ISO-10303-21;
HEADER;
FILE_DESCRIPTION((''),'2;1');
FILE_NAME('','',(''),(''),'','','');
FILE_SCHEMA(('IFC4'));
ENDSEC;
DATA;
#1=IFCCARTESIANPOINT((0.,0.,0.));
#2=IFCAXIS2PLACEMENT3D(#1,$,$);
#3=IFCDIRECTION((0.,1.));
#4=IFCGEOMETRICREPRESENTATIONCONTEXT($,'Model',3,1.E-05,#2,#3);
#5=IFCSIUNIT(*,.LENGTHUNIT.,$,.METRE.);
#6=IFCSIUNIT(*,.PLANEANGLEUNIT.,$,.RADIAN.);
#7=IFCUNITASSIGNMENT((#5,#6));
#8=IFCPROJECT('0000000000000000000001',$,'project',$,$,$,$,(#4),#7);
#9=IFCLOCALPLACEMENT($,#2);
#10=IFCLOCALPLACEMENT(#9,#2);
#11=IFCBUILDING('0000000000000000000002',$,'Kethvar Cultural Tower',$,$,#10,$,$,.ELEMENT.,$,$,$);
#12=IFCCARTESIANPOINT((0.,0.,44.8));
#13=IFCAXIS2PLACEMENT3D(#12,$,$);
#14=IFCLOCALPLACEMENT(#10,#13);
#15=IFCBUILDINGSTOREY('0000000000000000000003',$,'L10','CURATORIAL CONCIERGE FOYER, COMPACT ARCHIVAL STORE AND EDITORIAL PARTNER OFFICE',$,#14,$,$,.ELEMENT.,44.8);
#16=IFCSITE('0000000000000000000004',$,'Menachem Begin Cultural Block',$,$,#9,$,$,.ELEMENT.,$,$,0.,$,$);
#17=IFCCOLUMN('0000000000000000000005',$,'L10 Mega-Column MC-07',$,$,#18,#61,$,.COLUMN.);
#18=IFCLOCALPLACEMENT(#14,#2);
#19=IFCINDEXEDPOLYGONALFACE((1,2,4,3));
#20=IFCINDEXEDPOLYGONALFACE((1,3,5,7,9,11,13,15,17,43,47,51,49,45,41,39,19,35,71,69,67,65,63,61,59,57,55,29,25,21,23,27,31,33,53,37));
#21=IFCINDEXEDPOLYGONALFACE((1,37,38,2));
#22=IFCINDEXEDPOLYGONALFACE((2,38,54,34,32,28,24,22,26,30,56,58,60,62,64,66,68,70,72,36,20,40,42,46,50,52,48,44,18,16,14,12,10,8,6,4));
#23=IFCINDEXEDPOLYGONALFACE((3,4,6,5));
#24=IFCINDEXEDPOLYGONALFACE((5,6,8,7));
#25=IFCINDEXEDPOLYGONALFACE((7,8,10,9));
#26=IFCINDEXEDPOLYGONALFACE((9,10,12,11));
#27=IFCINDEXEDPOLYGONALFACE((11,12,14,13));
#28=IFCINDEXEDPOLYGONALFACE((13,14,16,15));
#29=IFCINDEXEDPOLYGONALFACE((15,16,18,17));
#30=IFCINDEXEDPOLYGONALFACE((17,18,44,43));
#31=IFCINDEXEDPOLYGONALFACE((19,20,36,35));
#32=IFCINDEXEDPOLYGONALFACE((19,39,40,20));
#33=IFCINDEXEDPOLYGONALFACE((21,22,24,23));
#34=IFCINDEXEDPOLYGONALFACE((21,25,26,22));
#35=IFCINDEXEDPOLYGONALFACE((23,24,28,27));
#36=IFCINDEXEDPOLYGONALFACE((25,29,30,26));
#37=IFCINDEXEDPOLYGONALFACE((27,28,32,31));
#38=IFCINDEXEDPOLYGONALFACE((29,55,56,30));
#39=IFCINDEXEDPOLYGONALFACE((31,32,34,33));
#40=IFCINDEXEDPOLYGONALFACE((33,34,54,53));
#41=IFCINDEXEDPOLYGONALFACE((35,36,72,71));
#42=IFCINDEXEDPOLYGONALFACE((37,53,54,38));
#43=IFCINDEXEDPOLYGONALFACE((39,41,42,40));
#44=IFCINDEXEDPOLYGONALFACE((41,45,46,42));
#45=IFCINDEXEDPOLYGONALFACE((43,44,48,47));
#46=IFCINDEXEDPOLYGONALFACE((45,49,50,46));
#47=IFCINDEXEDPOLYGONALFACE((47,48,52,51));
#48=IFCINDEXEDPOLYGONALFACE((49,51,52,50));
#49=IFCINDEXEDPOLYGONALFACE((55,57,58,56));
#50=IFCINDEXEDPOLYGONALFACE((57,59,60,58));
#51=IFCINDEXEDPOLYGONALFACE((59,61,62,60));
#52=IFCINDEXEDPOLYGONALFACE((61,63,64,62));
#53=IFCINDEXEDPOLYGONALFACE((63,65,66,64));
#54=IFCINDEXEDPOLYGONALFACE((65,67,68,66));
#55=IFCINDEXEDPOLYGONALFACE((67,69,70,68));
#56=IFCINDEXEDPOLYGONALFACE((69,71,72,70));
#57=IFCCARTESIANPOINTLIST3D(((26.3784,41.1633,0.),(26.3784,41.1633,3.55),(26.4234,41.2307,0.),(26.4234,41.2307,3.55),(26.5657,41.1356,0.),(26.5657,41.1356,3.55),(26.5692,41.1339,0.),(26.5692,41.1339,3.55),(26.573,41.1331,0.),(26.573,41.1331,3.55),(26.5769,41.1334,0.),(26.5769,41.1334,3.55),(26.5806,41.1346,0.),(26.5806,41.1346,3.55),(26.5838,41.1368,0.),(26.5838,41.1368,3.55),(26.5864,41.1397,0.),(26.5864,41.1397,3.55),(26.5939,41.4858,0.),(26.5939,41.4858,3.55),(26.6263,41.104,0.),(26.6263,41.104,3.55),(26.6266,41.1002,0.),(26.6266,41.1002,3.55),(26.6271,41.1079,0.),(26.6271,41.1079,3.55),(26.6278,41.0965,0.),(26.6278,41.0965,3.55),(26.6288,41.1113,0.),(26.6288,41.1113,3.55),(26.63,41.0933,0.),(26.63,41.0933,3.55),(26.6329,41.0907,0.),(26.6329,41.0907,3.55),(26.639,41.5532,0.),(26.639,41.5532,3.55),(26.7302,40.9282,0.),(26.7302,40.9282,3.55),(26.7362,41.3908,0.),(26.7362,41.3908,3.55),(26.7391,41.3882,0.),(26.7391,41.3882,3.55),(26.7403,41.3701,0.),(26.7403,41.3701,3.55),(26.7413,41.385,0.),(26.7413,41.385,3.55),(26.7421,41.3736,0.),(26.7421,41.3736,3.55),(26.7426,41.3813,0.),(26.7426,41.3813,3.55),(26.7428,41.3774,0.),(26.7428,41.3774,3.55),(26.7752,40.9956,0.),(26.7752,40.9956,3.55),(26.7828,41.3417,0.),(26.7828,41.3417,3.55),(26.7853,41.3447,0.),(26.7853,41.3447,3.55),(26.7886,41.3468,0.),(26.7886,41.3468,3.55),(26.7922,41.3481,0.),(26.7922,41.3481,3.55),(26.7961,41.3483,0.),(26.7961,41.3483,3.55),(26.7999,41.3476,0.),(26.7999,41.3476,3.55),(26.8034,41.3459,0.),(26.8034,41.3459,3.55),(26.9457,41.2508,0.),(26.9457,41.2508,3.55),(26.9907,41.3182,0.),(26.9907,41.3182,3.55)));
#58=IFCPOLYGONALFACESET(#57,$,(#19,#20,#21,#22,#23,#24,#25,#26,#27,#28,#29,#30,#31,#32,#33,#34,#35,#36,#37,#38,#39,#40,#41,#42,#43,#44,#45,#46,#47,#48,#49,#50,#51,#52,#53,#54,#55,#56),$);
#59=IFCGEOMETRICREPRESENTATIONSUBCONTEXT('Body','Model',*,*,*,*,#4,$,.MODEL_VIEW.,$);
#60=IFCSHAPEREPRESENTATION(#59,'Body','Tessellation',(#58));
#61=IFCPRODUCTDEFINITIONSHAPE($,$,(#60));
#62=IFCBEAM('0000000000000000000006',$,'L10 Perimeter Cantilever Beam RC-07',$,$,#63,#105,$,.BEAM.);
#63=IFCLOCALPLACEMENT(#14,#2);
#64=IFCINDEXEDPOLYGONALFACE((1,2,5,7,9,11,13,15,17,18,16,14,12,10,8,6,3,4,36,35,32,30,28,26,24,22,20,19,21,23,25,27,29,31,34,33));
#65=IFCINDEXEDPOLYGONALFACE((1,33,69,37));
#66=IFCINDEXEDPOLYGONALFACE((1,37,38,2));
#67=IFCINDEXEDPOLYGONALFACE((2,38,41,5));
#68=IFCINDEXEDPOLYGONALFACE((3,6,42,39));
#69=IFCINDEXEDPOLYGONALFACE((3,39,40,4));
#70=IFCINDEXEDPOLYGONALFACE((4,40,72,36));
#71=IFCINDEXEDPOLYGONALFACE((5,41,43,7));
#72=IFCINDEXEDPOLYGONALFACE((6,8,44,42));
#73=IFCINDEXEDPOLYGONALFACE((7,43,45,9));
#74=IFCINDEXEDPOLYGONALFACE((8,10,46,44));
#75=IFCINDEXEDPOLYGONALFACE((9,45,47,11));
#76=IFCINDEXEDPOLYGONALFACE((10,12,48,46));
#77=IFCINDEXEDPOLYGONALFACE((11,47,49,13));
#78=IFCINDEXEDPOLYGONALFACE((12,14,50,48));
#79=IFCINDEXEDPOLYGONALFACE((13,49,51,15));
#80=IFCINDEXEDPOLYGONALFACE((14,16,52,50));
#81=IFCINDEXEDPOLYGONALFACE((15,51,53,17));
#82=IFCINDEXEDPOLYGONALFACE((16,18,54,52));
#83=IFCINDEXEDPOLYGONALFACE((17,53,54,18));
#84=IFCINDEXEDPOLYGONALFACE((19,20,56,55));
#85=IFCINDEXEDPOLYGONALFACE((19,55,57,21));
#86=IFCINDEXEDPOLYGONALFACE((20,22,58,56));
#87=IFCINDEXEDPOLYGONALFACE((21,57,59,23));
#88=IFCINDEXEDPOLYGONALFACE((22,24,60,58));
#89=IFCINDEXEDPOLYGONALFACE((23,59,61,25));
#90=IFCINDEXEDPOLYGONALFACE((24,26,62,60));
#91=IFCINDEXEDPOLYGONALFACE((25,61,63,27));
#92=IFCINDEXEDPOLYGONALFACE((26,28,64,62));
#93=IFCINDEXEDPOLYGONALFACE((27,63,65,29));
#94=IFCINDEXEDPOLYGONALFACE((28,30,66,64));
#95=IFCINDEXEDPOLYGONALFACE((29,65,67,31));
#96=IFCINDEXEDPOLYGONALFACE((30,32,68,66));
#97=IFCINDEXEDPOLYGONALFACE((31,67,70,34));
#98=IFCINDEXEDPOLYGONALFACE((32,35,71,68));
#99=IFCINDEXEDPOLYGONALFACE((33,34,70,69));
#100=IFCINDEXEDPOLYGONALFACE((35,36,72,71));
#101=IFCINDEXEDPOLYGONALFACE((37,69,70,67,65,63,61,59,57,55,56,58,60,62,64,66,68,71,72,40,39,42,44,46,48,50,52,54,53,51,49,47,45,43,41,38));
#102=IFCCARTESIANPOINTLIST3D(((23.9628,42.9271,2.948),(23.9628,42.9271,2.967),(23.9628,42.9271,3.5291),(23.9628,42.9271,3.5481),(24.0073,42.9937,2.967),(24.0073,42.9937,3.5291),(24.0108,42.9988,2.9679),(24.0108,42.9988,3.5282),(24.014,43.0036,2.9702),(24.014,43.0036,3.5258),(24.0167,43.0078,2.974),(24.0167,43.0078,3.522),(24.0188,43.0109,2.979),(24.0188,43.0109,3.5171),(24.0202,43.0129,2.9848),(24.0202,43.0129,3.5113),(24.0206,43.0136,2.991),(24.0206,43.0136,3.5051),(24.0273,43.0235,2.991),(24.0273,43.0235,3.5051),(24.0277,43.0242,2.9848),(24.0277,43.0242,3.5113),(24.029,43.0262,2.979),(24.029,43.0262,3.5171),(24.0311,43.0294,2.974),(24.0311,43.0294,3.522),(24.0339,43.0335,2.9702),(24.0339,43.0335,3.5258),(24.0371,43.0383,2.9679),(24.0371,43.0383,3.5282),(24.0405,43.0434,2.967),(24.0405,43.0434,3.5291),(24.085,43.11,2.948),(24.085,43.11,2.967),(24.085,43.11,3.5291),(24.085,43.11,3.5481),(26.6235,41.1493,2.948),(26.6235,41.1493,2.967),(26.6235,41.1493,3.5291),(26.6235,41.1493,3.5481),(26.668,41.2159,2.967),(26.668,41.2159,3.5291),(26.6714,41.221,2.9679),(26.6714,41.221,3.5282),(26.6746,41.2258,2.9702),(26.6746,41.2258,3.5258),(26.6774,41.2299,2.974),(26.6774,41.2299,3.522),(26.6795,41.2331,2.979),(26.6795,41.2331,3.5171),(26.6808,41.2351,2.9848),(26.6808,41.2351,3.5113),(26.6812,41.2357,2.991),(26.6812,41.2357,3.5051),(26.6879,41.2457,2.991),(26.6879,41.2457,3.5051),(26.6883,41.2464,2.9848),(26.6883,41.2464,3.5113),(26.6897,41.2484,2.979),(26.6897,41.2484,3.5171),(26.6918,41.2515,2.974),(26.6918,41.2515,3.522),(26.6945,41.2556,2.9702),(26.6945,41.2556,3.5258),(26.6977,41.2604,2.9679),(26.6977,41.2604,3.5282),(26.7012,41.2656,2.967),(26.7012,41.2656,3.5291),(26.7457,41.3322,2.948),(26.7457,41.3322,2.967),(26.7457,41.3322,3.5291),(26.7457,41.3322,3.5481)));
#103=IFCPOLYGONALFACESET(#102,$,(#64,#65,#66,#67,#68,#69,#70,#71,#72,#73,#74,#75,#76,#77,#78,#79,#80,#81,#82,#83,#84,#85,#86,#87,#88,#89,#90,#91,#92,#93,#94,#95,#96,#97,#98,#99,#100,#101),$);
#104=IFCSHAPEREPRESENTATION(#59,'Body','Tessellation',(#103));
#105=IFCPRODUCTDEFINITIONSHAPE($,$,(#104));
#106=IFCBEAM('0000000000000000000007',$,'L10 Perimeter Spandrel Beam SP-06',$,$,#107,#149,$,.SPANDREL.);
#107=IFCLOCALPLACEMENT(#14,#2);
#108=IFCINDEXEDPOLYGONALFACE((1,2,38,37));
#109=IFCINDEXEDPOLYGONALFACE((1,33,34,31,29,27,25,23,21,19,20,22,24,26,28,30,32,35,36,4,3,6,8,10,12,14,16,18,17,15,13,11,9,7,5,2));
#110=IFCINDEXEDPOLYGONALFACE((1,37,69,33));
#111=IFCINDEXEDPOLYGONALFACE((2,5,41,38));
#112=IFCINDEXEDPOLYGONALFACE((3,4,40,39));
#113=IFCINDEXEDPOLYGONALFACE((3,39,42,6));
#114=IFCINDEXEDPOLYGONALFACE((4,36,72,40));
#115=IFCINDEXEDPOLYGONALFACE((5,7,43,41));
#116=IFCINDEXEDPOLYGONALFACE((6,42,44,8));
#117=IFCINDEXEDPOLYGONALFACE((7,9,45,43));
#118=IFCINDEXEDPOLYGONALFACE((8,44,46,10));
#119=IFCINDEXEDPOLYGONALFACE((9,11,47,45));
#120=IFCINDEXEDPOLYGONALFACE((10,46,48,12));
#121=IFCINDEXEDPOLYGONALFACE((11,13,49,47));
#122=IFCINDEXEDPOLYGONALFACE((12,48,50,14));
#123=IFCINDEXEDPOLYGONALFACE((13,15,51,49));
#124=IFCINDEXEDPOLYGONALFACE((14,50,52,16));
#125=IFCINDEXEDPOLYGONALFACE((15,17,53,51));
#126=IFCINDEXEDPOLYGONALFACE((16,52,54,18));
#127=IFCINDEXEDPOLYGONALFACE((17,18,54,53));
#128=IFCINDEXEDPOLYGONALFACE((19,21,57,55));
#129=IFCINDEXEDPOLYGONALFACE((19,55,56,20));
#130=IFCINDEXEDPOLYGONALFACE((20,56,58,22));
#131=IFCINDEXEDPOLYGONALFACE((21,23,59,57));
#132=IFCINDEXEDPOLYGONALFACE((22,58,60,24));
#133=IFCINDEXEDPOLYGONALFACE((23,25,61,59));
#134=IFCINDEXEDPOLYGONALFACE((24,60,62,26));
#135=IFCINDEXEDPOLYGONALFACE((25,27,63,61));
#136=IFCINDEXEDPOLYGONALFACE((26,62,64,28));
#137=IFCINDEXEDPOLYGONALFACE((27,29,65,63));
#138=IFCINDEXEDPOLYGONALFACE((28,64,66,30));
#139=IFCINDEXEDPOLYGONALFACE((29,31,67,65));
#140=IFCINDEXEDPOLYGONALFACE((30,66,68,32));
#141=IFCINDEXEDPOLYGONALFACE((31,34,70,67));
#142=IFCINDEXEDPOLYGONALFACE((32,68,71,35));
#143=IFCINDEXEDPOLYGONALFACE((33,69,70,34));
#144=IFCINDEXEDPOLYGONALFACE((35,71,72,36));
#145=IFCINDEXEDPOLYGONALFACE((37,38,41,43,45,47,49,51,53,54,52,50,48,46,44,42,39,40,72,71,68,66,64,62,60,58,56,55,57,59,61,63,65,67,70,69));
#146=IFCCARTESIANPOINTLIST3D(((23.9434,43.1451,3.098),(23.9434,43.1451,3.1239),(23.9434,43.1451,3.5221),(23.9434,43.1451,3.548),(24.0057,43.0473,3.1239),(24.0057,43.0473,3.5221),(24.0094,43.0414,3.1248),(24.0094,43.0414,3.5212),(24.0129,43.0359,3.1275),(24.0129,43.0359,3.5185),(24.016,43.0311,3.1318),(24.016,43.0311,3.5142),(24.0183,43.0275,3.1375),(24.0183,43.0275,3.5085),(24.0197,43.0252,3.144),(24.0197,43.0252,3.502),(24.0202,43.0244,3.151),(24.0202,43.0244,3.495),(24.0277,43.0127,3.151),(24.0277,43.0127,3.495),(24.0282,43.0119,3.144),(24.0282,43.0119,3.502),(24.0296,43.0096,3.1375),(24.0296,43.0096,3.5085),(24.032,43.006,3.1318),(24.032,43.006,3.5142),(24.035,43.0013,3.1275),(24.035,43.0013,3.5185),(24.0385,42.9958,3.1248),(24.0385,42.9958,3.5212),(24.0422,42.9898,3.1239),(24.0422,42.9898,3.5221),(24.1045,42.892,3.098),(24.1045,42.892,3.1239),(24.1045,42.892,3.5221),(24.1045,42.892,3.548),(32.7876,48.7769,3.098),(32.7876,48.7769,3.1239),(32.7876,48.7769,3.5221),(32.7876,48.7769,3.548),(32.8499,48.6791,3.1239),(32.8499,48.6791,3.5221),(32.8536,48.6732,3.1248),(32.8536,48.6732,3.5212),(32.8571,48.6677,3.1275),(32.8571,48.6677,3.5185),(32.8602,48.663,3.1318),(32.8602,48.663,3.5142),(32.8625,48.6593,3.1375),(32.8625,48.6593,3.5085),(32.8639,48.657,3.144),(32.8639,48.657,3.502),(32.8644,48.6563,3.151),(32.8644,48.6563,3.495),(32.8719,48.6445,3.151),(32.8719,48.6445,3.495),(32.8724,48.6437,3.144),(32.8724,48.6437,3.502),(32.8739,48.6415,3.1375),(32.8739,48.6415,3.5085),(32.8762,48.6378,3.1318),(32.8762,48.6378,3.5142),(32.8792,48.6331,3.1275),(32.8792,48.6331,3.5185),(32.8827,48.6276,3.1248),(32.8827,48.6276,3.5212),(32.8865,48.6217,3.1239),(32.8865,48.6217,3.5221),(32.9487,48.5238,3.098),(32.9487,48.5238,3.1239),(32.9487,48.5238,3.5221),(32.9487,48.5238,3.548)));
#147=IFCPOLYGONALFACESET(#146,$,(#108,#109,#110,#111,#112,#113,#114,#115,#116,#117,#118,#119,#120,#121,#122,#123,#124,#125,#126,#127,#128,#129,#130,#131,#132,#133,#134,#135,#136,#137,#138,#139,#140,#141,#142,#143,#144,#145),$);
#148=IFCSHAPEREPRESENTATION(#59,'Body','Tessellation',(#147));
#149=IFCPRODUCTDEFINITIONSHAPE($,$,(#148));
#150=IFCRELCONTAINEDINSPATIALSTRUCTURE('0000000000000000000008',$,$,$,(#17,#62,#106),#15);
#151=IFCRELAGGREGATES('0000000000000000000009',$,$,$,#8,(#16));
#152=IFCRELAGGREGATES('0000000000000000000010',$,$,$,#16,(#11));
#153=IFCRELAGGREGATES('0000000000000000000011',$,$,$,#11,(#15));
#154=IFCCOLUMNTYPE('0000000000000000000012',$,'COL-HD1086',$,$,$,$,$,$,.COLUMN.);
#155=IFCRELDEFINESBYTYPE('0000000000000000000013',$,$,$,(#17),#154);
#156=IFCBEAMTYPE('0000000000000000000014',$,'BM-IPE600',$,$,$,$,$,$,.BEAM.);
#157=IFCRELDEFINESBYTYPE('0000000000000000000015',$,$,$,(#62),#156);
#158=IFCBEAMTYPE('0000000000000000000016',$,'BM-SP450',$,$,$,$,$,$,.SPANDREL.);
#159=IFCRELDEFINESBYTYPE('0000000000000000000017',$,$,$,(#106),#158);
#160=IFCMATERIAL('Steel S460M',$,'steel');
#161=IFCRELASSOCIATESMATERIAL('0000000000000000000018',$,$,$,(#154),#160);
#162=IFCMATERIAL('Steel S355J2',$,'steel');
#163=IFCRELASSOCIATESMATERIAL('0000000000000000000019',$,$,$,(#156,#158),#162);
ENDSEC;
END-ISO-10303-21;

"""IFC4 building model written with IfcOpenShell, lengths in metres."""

from ifc_helpers import new_model, si_unit, direction, frame, origin, origin_2d, place, context, subcontext, project, spatial, i_section, extrude, source, transform, mapped, material, material_profile, profile_set, type_object, element, save


model = new_model("IFC4")

# Units and contexts
model_context = context("Model", 3, precision=1e-05, world=origin(), true_north=direction((0.0, 1.0)))
body_context = subcontext(model_context, "Body", "Model", "MODEL_VIEW")
ifc_project = project(units=[si_unit("LENGTHUNIT", "METRE"), si_unit("PLANEANGLEUNIT", "RADIAN")], contexts=[model_context])

# Site, building, storey
site_placement = place(None, origin())
site = spatial("IfcSite", under=ifc_project, at=site_placement, Name="Menachem Begin Cultural Block", CompositionType="ELEMENT", RefElevation=0.0)
building_placement = place(site_placement, origin())
building = spatial("IfcBuilding", under=site, at=building_placement, Name="Kethvar Cultural Tower", CompositionType="ELEMENT")
storey_placement = place(building_placement, frame((0.0, 0.0, 44.8)))
storey = spatial("IfcBuildingStorey", under=building, at=storey_placement, Name="L10", Description="CURATORIAL CONCIERGE FOYER, COMPACT ARCHIVAL STORE AND EDITORIAL PARTNER OFFICE", CompositionType="ELEMENT", Elevation=44.8)

# Column
ifc_material_1 = material(Name="Steel S460M", Category="steel")
ifc_material_profile_1 = material_profile(ifc_material_1, i_section(OverallWidth=0.4231, OverallDepth=0.469, WebThickness=0.051, FlangeThickness=0.0811, FilletRadius=0.0149, at=origin_2d()), Name="Steel S460M — HD400x1086")
ifc_profile_set_1 = profile_set([ifc_material_profile_1], Name="Steel S460M — HD400x1086")
column_type = type_object("IfcColumnType", Name="COL-HD1086", PredefinedType="COLUMN", material=ifc_profile_set_1)
shared_shape_1 = source(origin(), body_context, "Body", "SweptSolid", [
    extrude(i_section(OverallWidth=0.4231, OverallDepth=0.469, WebThickness=0.051, FlangeThickness=0.0811, FilletRadius=0.0149, at=origin_2d()), origin(), (0.0, 0.0, 1.0), 3.55),
])
column_placement = place(storey_placement, frame((26.6846, 41.2407, 0.0), z_axis=(0.0, 0.0, 1.0), x_axis=(-0.83147, 0.55557, 0.0)))
element("IfcColumn", 1, at=column_placement, inside=storey, type_object=column_type, Name="L10 Mega-Column MC-07", PredefinedType="COLUMN", context=body_context, shape_type="MappedRepresentation", body=[
    mapped(shared_shape_1, transform((0.0, 0.0, 0.0), scale=1.0)),
])

# Beams
ifc_material_2 = material(Name="Steel S355J2", Category="steel")
ifc_material_profile_2 = material_profile(ifc_material_2, i_section(OverallWidth=0.22, OverallDepth=0.6001, WebThickness=0.012, FlangeThickness=0.019, FilletRadius=0.0239, at=origin_2d()), Name="Steel S355J2 — IPE600")
ifc_profile_set_2 = profile_set([ifc_material_profile_2], Name="Steel S355J2 — IPE600")
beam_type_1 = type_object("IfcBeamType", Name="BM-IPE600", PredefinedType="BEAM", material=ifc_profile_set_2)
shared_shape_2 = source(origin(), body_context, "Body", "SweptSolid", [
    extrude(i_section(OverallWidth=0.22, OverallDepth=0.6001, WebThickness=0.012, FlangeThickness=0.019, FilletRadius=0.0239, at=origin_2d()), origin(), (0.0, 0.0, 1.0), 3.2),
])
beam_1_placement = place(storey_placement, frame((26.6846, 41.2407, 3.248), z_axis=(-0.831463, 0.55558, 0.0), x_axis=(-0.55558, -0.831463, 0.0)))
element("IfcBeam", 2, at=beam_1_placement, inside=storey, type_object=beam_type_1, Name="L10 Perimeter Cantilever Beam RC-07", PredefinedType="BEAM", context=body_context, shape_type="MappedRepresentation", body=[
    mapped(shared_shape_2, transform((0.0, 0.0, 0.0), scale=1.0)),
])
ifc_material_profile_3 = material_profile(ifc_material_2, i_section(OverallWidth=0.3, OverallDepth=0.45, WebThickness=0.0139, FlangeThickness=0.0259, FilletRadius=0.0271, at=origin_2d()), Name="Steel S355J2 — HEB450")
ifc_profile_set_3 = profile_set([ifc_material_profile_3], Name="Steel S355J2 — HEB450")
beam_type_2 = type_object("IfcBeamType", Name="BM-SP450", PredefinedType="SPANDREL", material=ifc_profile_set_3)
shared_shape_3 = source(origin(), body_context, "Body", "SweptSolid", [
    extrude(i_section(OverallWidth=0.3, OverallDepth=0.45, WebThickness=0.0139, FlangeThickness=0.0259, FilletRadius=0.0271, at=origin_2d()), origin(), (0.0, 0.0, 1.0), 10.4851),
])
beam_2_placement = place(storey_placement, frame((32.8682, 48.6504, 3.323), z_axis=(-0.843502, -0.537126, 0.0), x_axis=(0.537126, -0.843502, 0.0)))
element("IfcBeam", 3, at=beam_2_placement, inside=storey, type_object=beam_type_2, Name="L10 Perimeter Spandrel Beam SP-06", PredefinedType="SPANDREL", context=body_context, shape_type="MappedRepresentation", body=[
    mapped(shared_shape_3, transform((0.0, 0.0, 0.0), scale=1.0)),
])

save(model, "model.ifc")
